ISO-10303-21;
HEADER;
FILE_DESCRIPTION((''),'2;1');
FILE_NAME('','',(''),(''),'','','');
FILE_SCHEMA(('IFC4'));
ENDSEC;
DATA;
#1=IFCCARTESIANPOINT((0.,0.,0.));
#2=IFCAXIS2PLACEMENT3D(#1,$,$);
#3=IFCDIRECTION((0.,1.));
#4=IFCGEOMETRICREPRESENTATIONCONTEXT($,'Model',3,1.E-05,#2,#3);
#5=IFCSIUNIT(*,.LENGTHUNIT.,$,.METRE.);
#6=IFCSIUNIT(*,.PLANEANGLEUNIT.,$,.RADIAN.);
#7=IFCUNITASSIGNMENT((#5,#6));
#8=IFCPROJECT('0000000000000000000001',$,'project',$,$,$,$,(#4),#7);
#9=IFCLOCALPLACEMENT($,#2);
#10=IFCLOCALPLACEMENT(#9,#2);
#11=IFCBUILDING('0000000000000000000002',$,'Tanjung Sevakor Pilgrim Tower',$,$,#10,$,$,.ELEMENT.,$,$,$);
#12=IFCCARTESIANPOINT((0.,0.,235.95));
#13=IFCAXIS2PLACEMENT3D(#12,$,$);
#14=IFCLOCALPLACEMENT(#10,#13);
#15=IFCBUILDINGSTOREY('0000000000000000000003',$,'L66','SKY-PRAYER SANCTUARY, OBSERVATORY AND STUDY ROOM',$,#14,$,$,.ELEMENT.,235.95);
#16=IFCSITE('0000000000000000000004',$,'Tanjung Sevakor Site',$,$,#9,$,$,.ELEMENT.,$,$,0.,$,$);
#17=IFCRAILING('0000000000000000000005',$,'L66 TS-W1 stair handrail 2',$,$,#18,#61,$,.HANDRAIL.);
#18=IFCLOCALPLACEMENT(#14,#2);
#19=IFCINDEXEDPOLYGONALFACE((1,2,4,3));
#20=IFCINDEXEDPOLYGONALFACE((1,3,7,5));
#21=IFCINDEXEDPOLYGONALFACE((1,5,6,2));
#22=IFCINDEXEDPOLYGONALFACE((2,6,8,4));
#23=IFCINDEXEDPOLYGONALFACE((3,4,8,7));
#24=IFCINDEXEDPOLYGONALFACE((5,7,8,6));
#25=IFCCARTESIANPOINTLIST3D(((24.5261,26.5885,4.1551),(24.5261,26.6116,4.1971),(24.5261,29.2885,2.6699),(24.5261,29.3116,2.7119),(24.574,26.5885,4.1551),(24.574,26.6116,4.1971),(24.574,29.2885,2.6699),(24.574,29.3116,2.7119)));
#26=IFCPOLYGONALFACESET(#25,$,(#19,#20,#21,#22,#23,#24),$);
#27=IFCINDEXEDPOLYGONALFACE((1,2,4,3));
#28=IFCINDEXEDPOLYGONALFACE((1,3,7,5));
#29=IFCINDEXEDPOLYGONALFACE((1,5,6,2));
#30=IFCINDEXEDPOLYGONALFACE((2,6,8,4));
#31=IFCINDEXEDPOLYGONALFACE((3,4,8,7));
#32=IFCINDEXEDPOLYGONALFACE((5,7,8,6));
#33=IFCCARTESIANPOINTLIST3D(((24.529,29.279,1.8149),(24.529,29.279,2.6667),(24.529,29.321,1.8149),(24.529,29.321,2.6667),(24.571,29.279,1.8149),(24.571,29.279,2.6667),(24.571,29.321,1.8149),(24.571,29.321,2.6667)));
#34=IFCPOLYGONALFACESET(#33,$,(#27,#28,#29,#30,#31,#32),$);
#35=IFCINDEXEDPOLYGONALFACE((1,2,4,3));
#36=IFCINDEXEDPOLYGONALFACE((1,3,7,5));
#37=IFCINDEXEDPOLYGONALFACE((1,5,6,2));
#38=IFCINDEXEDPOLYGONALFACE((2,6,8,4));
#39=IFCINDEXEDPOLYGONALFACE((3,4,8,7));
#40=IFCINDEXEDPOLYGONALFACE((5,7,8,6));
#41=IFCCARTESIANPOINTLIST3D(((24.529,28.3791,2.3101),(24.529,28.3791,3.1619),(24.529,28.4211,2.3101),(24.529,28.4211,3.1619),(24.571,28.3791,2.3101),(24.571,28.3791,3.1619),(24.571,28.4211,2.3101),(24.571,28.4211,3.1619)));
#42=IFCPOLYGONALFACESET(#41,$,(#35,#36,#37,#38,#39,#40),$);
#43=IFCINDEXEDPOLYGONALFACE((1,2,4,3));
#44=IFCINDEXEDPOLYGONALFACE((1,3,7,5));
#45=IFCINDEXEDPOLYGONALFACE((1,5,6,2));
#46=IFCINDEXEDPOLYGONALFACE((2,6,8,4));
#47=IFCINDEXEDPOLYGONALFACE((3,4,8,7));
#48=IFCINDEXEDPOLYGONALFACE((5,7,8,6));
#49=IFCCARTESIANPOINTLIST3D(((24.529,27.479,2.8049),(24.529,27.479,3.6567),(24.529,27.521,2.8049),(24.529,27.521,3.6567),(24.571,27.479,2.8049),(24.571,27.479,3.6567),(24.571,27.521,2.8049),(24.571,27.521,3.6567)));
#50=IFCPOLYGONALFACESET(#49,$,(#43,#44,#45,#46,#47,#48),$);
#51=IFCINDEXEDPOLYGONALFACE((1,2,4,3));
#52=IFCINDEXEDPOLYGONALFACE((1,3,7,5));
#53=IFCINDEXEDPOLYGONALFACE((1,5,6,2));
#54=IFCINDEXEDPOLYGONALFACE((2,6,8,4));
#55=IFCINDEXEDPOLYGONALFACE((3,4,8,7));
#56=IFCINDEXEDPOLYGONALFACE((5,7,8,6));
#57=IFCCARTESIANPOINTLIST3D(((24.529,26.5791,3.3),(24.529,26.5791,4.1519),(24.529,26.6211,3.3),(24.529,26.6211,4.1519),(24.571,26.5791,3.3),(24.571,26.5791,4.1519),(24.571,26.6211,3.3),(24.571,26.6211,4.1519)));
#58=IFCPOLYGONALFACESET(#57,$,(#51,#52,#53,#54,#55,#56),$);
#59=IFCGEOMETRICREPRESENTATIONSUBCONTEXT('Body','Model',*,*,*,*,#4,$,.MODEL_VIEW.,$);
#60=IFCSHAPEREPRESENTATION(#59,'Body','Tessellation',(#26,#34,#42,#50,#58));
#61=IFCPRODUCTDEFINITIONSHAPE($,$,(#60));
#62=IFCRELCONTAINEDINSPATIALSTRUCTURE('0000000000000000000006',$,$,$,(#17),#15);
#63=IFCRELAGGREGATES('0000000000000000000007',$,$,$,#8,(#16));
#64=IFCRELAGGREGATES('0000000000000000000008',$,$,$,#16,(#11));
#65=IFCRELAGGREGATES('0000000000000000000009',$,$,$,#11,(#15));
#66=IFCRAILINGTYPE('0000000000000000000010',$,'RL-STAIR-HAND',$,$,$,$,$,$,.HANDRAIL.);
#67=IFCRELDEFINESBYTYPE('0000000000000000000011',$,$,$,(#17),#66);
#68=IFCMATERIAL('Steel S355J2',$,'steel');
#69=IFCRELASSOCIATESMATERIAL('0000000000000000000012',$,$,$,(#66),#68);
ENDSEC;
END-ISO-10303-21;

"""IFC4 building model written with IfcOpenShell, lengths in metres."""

from ifc_helpers import new_model, si_unit, direction, frame, origin, place, context, subcontext, project, spatial, rectangle, extrude, material, type_object, element, save


model = new_model("IFC4")

# Units and contexts
model_context = context("Model", 3, precision=1e-05, world=origin(), true_north=direction((0.0, 1.0)))
body_context = subcontext(model_context, "Body", "Model", "MODEL_VIEW")
ifc_project = project(units=[si_unit("LENGTHUNIT", "METRE"), si_unit("PLANEANGLEUNIT", "RADIAN")], contexts=[model_context])

# Site, building, storey
site_placement = place(None, origin())
site = spatial("IfcSite", under=ifc_project, at=site_placement, Name="Tanjung Sevakor Site", CompositionType="ELEMENT", RefElevation=0.0)
building_placement = place(site_placement, origin())
building = spatial("IfcBuilding", under=site, at=building_placement, Name="Tanjung Sevakor Pilgrim Tower", CompositionType="ELEMENT")
storey_placement = place(building_placement, frame((0.0, 0.0, 235.95)))
storey = spatial("IfcBuildingStorey", under=building, at=storey_placement, Name="L66", Description="SKY-PRAYER SANCTUARY, OBSERVATORY AND STUDY ROOM", CompositionType="ELEMENT", Elevation=235.95)

# Railing
ifc_material_1 = material(Name="Steel S355J2", Category="steel")
railing_type_1 = type_object("IfcRailingType", Name="RL-STAIR-HAND", PredefinedType="HANDRAIL", material=ifc_material_1)
railing_1_placement = place(storey_placement, frame((24.55, 29.3, 1.8149)))
element("IfcRailing", 1, at=railing_1_placement, inside=storey, type_object=railing_type_1, Name="L66 TS-W1 stair handrail 2", PredefinedType="HANDRAIL", context=body_context, shape_type="SweptSolid", body=[
    extrude(rectangle(XDim=0.0479, YDim=0.0479), frame((0.0, 0.0, 0.876), z_axis=(0.0, -0.876198, 0.481952), x_axis=(1.0, 0.0, 0.0)), (0.0, 0.0, 1.0), 3.0815),
    extrude(rectangle(XDim=0.042, YDim=0.042), origin(), (0.0, 0.0, 1.0), 0.8518),
    extrude(rectangle(XDim=0.042, YDim=0.042), frame((0.0, -0.8999, 0.4951)), (0.0, 0.0, 1.0), 0.8518),
    extrude(rectangle(XDim=0.042, YDim=0.042), frame((0.0, -1.8, 0.99)), (0.0, 0.0, 1.0), 0.8518),
    extrude(rectangle(XDim=0.042, YDim=0.042), frame((0.0, -2.7, 1.4851)), (0.0, 0.0, 1.0), 0.8518),
])

save(model, "model.ifc")
